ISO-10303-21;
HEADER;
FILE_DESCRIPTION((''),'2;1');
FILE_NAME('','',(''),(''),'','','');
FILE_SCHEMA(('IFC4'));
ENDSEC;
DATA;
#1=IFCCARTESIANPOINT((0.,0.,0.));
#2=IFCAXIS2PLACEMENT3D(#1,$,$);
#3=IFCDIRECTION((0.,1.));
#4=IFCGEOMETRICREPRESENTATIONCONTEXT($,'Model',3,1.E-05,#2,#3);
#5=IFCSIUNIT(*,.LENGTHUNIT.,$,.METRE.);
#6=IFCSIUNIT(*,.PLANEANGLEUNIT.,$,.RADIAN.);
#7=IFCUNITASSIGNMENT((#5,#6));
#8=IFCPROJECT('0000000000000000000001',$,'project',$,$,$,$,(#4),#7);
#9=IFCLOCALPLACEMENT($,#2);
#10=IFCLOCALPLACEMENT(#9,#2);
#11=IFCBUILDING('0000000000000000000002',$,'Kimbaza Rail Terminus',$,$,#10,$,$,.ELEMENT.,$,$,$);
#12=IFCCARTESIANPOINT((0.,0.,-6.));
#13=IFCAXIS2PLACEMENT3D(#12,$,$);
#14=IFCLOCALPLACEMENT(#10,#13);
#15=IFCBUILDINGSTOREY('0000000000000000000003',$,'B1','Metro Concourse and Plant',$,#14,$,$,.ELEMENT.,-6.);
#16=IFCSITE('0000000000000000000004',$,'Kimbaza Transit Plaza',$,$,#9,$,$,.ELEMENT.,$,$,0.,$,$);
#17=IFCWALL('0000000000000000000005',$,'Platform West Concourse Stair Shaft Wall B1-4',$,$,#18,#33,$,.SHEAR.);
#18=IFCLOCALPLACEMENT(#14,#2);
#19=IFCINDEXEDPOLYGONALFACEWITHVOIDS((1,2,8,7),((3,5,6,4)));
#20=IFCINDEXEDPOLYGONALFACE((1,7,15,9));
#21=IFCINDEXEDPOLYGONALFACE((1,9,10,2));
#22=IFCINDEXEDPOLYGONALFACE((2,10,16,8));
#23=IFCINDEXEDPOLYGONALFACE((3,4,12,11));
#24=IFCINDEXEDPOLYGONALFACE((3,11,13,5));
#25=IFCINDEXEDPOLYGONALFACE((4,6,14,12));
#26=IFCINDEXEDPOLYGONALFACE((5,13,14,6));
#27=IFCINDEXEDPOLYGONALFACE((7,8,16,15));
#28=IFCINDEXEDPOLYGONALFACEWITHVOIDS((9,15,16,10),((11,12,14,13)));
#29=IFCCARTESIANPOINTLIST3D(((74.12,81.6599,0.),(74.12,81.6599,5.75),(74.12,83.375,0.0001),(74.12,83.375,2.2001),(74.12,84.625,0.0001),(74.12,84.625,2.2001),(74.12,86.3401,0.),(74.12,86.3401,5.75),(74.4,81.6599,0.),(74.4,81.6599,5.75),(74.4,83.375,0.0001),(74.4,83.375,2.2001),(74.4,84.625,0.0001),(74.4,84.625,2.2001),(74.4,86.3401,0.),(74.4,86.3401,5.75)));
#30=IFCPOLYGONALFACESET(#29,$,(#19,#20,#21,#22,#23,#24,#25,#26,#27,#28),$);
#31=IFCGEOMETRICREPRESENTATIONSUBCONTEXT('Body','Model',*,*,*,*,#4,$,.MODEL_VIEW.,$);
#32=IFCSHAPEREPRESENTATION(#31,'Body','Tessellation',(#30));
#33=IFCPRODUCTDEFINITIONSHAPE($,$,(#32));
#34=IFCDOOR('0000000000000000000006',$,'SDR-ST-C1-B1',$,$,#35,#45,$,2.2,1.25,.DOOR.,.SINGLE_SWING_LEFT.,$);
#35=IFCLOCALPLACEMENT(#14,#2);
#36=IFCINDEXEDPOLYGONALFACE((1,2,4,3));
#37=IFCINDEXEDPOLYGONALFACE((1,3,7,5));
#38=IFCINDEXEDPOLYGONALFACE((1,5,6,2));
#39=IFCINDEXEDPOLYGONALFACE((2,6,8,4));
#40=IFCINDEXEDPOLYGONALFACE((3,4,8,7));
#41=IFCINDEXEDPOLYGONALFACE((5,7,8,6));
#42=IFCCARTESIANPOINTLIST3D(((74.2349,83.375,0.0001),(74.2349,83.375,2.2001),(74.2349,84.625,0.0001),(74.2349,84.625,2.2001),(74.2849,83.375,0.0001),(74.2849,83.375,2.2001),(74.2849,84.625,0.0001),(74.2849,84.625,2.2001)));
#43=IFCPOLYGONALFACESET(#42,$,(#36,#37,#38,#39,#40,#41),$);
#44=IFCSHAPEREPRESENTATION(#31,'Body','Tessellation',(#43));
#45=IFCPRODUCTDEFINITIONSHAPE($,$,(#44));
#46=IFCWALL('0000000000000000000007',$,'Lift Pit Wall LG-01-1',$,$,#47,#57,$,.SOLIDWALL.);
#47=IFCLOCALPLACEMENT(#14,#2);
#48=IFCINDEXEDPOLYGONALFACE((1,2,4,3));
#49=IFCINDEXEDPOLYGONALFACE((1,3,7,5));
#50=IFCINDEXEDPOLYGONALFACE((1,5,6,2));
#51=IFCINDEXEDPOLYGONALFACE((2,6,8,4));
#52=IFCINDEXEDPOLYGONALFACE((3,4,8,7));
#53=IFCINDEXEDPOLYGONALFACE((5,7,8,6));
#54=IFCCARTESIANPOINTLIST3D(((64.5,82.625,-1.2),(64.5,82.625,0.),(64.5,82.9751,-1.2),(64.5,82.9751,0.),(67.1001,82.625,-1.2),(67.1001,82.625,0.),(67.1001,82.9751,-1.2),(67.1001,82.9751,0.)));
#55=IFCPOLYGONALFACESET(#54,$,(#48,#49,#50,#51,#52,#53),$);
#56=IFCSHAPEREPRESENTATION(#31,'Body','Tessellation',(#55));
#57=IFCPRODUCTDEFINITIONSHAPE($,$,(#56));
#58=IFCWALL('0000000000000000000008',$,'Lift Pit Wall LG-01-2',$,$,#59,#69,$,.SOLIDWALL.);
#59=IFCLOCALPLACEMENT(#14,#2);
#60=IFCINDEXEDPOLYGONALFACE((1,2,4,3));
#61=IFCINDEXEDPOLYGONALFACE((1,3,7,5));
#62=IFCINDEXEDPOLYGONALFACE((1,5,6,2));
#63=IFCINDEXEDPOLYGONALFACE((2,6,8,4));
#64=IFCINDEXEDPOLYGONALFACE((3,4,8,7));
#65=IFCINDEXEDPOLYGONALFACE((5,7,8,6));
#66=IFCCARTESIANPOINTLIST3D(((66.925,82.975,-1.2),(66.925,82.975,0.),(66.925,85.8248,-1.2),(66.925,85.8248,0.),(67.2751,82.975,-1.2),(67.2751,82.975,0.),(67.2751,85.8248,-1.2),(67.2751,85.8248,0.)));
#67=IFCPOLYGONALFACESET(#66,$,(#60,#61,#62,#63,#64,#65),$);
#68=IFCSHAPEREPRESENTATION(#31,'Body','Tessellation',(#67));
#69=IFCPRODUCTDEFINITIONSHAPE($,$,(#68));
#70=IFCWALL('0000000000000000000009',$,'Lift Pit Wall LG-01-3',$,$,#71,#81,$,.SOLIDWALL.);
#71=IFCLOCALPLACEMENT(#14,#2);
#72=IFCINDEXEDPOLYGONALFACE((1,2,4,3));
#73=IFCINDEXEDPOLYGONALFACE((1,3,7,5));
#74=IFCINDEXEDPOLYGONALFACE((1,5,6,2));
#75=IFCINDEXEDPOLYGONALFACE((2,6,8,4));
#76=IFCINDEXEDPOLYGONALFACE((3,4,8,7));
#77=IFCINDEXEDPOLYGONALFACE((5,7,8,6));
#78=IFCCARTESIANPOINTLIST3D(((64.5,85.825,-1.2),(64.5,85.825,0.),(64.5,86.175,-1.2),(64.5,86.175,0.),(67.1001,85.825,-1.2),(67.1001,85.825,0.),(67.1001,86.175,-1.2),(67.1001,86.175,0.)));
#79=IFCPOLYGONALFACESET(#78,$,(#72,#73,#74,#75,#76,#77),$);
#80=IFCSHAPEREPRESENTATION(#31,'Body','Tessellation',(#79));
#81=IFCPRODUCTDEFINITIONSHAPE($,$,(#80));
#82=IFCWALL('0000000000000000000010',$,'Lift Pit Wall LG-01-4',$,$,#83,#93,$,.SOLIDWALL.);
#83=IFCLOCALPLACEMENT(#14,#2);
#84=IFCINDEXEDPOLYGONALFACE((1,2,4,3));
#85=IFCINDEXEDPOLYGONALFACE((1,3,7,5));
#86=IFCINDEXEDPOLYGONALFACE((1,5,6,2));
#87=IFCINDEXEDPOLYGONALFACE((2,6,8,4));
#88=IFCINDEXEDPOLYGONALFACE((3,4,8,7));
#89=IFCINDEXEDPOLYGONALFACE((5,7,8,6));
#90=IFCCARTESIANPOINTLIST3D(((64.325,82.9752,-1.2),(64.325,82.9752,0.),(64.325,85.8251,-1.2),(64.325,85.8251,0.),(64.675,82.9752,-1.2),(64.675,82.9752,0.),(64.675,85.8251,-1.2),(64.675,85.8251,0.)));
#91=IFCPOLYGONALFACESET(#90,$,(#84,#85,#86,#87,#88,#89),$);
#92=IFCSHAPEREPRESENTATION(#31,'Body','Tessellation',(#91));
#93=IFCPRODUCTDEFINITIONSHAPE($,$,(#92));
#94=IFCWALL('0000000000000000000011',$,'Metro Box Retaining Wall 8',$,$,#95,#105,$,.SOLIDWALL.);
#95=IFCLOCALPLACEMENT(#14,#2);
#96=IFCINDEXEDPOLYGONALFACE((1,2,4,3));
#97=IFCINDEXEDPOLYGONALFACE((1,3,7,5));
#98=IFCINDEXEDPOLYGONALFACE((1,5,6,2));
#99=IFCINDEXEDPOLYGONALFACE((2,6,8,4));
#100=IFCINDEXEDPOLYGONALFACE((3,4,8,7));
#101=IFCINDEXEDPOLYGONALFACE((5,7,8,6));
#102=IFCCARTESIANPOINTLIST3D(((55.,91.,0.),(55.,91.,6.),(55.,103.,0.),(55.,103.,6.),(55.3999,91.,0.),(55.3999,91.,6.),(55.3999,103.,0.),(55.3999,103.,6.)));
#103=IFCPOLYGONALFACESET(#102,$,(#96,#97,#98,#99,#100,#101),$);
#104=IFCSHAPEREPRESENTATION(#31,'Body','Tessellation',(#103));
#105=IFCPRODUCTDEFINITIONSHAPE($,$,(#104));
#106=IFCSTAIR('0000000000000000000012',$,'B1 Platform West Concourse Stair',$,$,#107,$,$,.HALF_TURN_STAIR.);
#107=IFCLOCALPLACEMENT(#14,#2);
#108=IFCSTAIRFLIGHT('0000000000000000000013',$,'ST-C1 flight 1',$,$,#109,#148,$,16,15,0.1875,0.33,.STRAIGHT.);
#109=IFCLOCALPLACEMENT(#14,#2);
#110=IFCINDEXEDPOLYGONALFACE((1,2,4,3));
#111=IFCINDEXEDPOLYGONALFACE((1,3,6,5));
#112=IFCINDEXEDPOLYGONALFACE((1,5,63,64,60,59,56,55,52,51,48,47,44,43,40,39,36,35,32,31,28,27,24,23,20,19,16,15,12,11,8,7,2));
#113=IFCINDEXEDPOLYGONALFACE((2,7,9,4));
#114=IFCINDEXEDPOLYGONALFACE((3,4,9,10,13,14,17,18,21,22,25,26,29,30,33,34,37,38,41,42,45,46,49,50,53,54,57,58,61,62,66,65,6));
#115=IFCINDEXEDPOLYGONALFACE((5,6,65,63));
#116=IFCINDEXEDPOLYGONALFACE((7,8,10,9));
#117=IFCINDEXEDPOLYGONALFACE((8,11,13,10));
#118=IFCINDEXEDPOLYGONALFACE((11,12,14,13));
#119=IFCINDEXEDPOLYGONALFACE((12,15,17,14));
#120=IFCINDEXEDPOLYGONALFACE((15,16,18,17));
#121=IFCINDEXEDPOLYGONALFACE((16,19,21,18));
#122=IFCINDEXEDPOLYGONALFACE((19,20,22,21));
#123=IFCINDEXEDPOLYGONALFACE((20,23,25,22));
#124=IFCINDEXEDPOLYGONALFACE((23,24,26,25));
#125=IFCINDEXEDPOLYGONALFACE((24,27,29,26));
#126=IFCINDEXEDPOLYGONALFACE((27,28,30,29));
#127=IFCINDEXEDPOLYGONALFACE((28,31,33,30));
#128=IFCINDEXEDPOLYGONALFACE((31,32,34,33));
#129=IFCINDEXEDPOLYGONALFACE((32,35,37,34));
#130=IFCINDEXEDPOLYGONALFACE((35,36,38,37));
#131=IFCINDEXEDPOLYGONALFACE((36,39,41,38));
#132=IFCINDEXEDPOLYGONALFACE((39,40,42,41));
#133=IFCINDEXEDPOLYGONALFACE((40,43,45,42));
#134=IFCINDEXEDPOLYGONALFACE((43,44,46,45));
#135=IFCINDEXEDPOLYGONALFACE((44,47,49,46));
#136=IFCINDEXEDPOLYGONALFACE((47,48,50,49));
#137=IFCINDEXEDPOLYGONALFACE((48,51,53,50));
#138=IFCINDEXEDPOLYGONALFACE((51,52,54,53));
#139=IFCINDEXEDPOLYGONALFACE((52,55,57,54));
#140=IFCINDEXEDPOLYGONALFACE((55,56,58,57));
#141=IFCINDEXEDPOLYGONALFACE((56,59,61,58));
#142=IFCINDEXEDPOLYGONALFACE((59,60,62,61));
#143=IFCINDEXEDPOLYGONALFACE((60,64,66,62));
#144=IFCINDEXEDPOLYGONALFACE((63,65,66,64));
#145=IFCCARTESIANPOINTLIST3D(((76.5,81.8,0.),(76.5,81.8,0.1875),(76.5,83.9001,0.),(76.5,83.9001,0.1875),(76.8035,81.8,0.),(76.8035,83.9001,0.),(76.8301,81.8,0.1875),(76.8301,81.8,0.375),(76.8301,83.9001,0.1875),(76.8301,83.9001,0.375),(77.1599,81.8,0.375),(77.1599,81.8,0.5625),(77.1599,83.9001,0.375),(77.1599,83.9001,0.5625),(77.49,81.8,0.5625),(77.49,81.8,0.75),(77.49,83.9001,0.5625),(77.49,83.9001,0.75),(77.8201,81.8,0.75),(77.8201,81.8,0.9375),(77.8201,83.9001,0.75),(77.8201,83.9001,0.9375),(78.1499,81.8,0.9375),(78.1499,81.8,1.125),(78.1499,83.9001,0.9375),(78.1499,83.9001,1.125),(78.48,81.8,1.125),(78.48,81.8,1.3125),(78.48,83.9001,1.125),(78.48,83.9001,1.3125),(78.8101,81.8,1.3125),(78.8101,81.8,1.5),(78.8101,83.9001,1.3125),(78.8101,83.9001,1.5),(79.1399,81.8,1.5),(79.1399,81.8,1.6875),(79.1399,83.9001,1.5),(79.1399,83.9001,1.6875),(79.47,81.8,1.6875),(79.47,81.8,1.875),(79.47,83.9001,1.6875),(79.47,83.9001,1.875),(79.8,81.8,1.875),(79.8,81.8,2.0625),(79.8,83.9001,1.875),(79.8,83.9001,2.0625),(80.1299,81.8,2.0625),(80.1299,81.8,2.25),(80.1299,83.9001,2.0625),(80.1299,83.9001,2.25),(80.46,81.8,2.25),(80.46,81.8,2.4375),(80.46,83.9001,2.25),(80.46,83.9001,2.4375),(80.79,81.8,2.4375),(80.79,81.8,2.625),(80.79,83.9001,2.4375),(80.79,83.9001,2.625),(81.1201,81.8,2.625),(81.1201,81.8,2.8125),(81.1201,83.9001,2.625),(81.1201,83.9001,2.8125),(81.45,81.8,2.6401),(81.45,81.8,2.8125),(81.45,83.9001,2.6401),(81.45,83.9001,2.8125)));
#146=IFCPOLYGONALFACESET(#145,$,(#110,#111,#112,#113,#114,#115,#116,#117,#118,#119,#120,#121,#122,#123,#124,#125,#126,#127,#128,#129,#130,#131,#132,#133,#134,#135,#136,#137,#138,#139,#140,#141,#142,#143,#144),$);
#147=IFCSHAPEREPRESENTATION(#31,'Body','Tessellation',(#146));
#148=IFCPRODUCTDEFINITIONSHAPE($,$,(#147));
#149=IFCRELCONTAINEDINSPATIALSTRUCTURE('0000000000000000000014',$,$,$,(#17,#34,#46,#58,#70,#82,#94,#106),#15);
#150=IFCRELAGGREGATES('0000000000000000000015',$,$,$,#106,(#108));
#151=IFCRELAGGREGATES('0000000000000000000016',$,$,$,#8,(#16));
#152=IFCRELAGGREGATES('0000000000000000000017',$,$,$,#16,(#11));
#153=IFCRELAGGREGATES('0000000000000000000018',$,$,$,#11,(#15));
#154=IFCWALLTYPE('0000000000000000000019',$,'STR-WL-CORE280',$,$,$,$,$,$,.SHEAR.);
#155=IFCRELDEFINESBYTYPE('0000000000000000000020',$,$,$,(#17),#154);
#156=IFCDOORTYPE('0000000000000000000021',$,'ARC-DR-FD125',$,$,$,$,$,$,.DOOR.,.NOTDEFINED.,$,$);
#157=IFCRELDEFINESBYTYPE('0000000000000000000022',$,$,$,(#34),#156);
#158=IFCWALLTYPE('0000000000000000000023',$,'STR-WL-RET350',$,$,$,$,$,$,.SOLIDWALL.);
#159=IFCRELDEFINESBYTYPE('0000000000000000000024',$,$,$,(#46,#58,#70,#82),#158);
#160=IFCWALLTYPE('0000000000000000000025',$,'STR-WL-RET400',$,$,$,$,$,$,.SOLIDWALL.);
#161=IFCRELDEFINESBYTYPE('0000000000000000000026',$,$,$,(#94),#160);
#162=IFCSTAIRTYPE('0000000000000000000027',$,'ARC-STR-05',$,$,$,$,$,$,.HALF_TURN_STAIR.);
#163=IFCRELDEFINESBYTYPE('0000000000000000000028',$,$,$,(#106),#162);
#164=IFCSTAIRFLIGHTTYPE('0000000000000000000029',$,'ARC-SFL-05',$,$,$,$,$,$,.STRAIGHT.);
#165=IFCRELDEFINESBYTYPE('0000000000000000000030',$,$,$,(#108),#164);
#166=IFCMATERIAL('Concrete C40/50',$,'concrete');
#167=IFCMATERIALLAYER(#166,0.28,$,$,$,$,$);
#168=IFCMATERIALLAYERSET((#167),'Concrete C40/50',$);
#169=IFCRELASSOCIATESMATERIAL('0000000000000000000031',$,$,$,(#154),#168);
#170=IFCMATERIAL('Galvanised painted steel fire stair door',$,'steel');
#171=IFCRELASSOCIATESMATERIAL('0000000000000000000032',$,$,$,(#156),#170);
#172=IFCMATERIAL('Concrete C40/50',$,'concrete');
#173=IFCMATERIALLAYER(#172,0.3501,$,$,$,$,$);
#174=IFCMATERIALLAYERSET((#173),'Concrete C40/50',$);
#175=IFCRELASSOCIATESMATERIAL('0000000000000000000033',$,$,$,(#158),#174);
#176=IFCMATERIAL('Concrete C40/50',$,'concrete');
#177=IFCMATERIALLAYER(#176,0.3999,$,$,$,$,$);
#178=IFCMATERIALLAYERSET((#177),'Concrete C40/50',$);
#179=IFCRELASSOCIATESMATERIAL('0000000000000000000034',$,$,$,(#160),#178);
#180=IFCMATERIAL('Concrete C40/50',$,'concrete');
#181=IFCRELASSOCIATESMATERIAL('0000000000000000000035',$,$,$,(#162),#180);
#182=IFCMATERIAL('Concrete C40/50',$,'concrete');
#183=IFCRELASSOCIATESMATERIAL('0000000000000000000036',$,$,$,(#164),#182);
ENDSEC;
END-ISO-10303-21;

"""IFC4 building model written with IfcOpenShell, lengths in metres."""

from ifc_helpers import new_model, si_unit, direction, frame, frame_2d, origin, place, context, subcontext, project, spatial, polyline, rectangle, outline, extrude, material, layer, layer_set, type_object, element, fill, aggregate, save


model = new_model("IFC4")

# Units and contexts
model_context = context("Model", 3, precision=1e-05, world=origin(), true_north=direction((0.0, 1.0)))
body_context = subcontext(model_context, "Body", "Model", "MODEL_VIEW")
ifc_project = project(units=[si_unit("LENGTHUNIT", "METRE"), si_unit("PLANEANGLEUNIT", "RADIAN")], contexts=[model_context])

# Site, building, storey
site_placement = place(None, origin())
site = spatial("IfcSite", under=ifc_project, at=site_placement, Name="Kimbaza Transit Plaza", CompositionType="ELEMENT", RefElevation=0.0)
building_placement = place(site_placement, origin())
building = spatial("IfcBuilding", under=site, at=building_placement, Name="Kimbaza Rail Terminus", CompositionType="ELEMENT")
storey_placement = place(building_placement, frame((0.0, 0.0, -6.0)))
storey = spatial("IfcBuildingStorey", under=building, at=storey_placement, Name="B1", Description="Metro Concourse and Plant", CompositionType="ELEMENT", Elevation=-6.0)

# Wall, opening, door
ifc_material_1 = material(Name="Concrete C40/50", Category="concrete")
ifc_layer_1 = layer(ifc_material_1, 0.28)
ifc_layer_set_1 = layer_set([ifc_layer_1], Name="Concrete C40/50")
wall_type_1 = type_object("IfcWallType", Name="STR-WL-CORE280", PredefinedType="SHEAR", material=ifc_layer_set_1)
wall_1_placement = place(storey_placement, frame((74.26, 86.3401, 0.0), z_axis=(0.0, 0.0, 1.0), x_axis=(0.0, -1.0, 0.0)))
wall_1 = element("IfcWall", 1, at=wall_1_placement, inside=storey, type_object=wall_type_1, Name="Platform West Concourse Stair Shaft Wall B1-4", PredefinedType="SHEAR", context=body_context, shape_type="SweptSolid", body=[
    extrude(rectangle(XDim=4.6802, YDim=0.28, at=frame_2d((2.3401, 0.0))), origin(), (0.0, 0.0, 1.0), 5.75),
])
opening_1_placement = place(wall_1_placement, frame((1.7151, 0.0, 0.0)))
opening_1 = element("IfcOpeningElement", 2, at=opening_1_placement, cuts=wall_1, PredefinedType="OPENING", context=body_context, shape_type="SweptSolid", body=[
    extrude(rectangle(XDim=1.25, YDim=2.2, at=frame_2d((0.625, 1.1001))), frame((0.0, 0.1499, 0.0), z_axis=(0.0, -1.0, 0.0), x_axis=(1.0, 0.0, 0.0)), (0.0, 0.0, 1.0), 0.3),
])
ifc_material_2 = material(Name="Galvanised painted steel fire stair door", Category="steel")
door_type_1 = type_object("IfcDoorType", Name="ARC-DR-FD125", OperationType="NOTDEFINED", PredefinedType="DOOR", material=ifc_material_2)
door_1_placement = place(opening_1_placement, origin())
door_1 = element("IfcDoor", 3, at=door_1_placement, inside=storey, type_object=door_type_1, Name="SDR-ST-C1-B1", OperationType="SINGLE_SWING_LEFT", OverallHeight=2.2, OverallWidth=1.25, PredefinedType="DOOR", context=body_context, shape_type="SweptSolid", body=[
    extrude(rectangle(XDim=1.25, YDim=2.2, at=frame_2d((0.625, 1.1001))), frame((0.0, 0.0249, 0.0), z_axis=(0.0, -1.0, 0.0), x_axis=(1.0, 0.0, 0.0)), (0.0, 0.0, 1.0), 0.05),
])
fill(opening_1, door_1)

# Walls
ifc_material_3 = material(Name="Concrete C40/50", Category="concrete")
ifc_layer_2 = layer(ifc_material_3, 0.3501)
ifc_layer_set_2 = layer_set([ifc_layer_2], Name="Concrete C40/50")
wall_type_2 = type_object("IfcWallType", Name="STR-WL-RET350", PredefinedType="SOLIDWALL", material=ifc_layer_set_2)
wall_2_placement = place(storey_placement, frame((64.5, 82.8, -1.2), z_axis=(0.0, 0.0, 1.0), x_axis=(1.0, 0.0, 0.0)))
element("IfcWall", 4, at=wall_2_placement, inside=storey, type_object=wall_type_2, Name="Lift Pit Wall LG-01-1", PredefinedType="SOLIDWALL", context=body_context, shape_type="SweptSolid", body=[
    extrude(rectangle(XDim=2.6001, YDim=0.3501, at=frame_2d((1.3, 0.0))), origin(), (0.0, 0.0, 1.0), 1.2),
])
wall_3_placement = place(storey_placement, frame((67.1001, 82.9751, -1.2), z_axis=(0.0, 0.0, 1.0), x_axis=(0.0, 1.0, 0.0)))
element("IfcWall", 5, at=wall_3_placement, inside=storey, type_object=wall_type_2, Name="Lift Pit Wall LG-01-2", PredefinedType="SOLIDWALL", context=body_context, shape_type="SweptSolid", body=[
    extrude(rectangle(XDim=2.8499, YDim=0.3501, at=frame_2d((1.4248, 0.0))), origin(), (0.0, 0.0, 1.0), 1.2),
])
wall_4_placement = place(storey_placement, frame((67.1001, 86.0, -1.2), z_axis=(0.0, 0.0, 1.0), x_axis=(-1.0, 0.0, 0.0)))
element("IfcWall", 6, at=wall_4_placement, inside=storey, type_object=wall_type_2, Name="Lift Pit Wall LG-01-3", PredefinedType="SOLIDWALL", context=body_context, shape_type="SweptSolid", body=[
    extrude(rectangle(XDim=2.6001, YDim=0.3501, at=frame_2d((1.3, 0.0))), origin(), (0.0, 0.0, 1.0), 1.2),
])
wall_5_placement = place(storey_placement, frame((64.5, 85.825, -1.2), z_axis=(0.0, 0.0, 1.0), x_axis=(0.0, -1.0, 0.0)))
element("IfcWall", 7, at=wall_5_placement, inside=storey, type_object=wall_type_2, Name="Lift Pit Wall LG-01-4", PredefinedType="SOLIDWALL", context=body_context, shape_type="SweptSolid", body=[
    extrude(rectangle(XDim=2.8499, YDim=0.3501, at=frame_2d((1.4248, 0.0))), origin(), (0.0, 0.0, 1.0), 1.2),
])
ifc_material_4 = material(Name="Concrete C40/50", Category="concrete")
ifc_layer_3 = layer(ifc_material_4, 0.3999)
ifc_layer_set_3 = layer_set([ifc_layer_3], Name="Concrete C40/50")
wall_type_3 = type_object("IfcWallType", Name="STR-WL-RET400", PredefinedType="SOLIDWALL", material=ifc_layer_set_3)
wall_6_placement = place(storey_placement, frame((55.2, 91.0, 0.0), z_axis=(0.0, 0.0, 1.0), x_axis=(0.0, 1.0, 0.0)))
element("IfcWall", 8, at=wall_6_placement, inside=storey, type_object=wall_type_3, Name="Metro Box Retaining Wall 8", PredefinedType="SOLIDWALL", context=body_context, shape_type="SweptSolid", body=[
    extrude(rectangle(XDim=12.0, YDim=0.3999, at=frame_2d((6.0, 0.0))), origin(), (0.0, 0.0, 1.0), 6.0),
])

# Stair, stair flight
ifc_material_5 = material(Name="Concrete C40/50", Category="concrete")
stair_type = type_object("IfcStairType", Name="ARC-STR-05", PredefinedType="HALF_TURN_STAIR", material=ifc_material_5)
stair_placement = place(storey_placement, origin())
stair = element("IfcStair", 9, at=stair_placement, inside=storey, type_object=stair_type, Name="B1 Platform West Concourse Stair", PredefinedType="HALF_TURN_STAIR")
ifc_material_6 = material(Name="Concrete C40/50", Category="concrete")
stair_flight_type = type_object("IfcStairFlightType", Name="ARC-SFL-05", PredefinedType="STRAIGHT", material=ifc_material_6)
stair_flight_placement = place(storey_placement, frame((76.5, 82.8501, 0.0), z_axis=(0.0, 0.0, 1.0), x_axis=(1.0, 0.0, 0.0)))
stair_flight = element("IfcStairFlight", 10, at=stair_flight_placement, type_object=stair_flight_type, Name="ST-C1 flight 1", NumberOfRisers=16, NumberOfTreads=15, PredefinedType="STRAIGHT", RiserHeight=0.1875, TreadLength=0.33, context=body_context, shape_type="SweptSolid", body=[
    extrude(outline(polyline([(0.0, 0.0), (0.0, 0.1875), (0.3301, 0.1875), (0.3301, 0.375), (0.6599, 0.375), (0.6599, 0.5625), (0.99, 0.5625), (0.99, 0.75), (1.3201, 0.75), (1.3201, 0.9375), (1.6499, 0.9375), (1.6499, 1.125), (1.98, 1.125), (1.98, 1.3125), (2.3101, 1.3125), (2.3101, 1.5), (2.6399, 1.5), (2.6399, 1.6875), (2.97, 1.6875), (2.97, 1.875), (3.3, 1.875), (3.3, 2.0625), (3.6299, 2.0625), (3.6299, 2.25), (3.96, 2.25), (3.96, 2.4375), (4.29, 2.4375), (4.29, 2.625), (4.6201, 2.625), (4.6201, 2.8125), (4.95, 2.8125), (4.95, 3.0), (4.95, 2.6401), (0.3035, 0.0), (0.0, 0.0)])), frame((0.0, 1.05, 0.0), z_axis=(0.0, -1.0, 0.0), x_axis=(1.0, 0.0, 0.0)), (0.0, 0.0, 1.0), 2.1001),
])
aggregate(stair, [stair_flight])

save(model, "model.ifc")
